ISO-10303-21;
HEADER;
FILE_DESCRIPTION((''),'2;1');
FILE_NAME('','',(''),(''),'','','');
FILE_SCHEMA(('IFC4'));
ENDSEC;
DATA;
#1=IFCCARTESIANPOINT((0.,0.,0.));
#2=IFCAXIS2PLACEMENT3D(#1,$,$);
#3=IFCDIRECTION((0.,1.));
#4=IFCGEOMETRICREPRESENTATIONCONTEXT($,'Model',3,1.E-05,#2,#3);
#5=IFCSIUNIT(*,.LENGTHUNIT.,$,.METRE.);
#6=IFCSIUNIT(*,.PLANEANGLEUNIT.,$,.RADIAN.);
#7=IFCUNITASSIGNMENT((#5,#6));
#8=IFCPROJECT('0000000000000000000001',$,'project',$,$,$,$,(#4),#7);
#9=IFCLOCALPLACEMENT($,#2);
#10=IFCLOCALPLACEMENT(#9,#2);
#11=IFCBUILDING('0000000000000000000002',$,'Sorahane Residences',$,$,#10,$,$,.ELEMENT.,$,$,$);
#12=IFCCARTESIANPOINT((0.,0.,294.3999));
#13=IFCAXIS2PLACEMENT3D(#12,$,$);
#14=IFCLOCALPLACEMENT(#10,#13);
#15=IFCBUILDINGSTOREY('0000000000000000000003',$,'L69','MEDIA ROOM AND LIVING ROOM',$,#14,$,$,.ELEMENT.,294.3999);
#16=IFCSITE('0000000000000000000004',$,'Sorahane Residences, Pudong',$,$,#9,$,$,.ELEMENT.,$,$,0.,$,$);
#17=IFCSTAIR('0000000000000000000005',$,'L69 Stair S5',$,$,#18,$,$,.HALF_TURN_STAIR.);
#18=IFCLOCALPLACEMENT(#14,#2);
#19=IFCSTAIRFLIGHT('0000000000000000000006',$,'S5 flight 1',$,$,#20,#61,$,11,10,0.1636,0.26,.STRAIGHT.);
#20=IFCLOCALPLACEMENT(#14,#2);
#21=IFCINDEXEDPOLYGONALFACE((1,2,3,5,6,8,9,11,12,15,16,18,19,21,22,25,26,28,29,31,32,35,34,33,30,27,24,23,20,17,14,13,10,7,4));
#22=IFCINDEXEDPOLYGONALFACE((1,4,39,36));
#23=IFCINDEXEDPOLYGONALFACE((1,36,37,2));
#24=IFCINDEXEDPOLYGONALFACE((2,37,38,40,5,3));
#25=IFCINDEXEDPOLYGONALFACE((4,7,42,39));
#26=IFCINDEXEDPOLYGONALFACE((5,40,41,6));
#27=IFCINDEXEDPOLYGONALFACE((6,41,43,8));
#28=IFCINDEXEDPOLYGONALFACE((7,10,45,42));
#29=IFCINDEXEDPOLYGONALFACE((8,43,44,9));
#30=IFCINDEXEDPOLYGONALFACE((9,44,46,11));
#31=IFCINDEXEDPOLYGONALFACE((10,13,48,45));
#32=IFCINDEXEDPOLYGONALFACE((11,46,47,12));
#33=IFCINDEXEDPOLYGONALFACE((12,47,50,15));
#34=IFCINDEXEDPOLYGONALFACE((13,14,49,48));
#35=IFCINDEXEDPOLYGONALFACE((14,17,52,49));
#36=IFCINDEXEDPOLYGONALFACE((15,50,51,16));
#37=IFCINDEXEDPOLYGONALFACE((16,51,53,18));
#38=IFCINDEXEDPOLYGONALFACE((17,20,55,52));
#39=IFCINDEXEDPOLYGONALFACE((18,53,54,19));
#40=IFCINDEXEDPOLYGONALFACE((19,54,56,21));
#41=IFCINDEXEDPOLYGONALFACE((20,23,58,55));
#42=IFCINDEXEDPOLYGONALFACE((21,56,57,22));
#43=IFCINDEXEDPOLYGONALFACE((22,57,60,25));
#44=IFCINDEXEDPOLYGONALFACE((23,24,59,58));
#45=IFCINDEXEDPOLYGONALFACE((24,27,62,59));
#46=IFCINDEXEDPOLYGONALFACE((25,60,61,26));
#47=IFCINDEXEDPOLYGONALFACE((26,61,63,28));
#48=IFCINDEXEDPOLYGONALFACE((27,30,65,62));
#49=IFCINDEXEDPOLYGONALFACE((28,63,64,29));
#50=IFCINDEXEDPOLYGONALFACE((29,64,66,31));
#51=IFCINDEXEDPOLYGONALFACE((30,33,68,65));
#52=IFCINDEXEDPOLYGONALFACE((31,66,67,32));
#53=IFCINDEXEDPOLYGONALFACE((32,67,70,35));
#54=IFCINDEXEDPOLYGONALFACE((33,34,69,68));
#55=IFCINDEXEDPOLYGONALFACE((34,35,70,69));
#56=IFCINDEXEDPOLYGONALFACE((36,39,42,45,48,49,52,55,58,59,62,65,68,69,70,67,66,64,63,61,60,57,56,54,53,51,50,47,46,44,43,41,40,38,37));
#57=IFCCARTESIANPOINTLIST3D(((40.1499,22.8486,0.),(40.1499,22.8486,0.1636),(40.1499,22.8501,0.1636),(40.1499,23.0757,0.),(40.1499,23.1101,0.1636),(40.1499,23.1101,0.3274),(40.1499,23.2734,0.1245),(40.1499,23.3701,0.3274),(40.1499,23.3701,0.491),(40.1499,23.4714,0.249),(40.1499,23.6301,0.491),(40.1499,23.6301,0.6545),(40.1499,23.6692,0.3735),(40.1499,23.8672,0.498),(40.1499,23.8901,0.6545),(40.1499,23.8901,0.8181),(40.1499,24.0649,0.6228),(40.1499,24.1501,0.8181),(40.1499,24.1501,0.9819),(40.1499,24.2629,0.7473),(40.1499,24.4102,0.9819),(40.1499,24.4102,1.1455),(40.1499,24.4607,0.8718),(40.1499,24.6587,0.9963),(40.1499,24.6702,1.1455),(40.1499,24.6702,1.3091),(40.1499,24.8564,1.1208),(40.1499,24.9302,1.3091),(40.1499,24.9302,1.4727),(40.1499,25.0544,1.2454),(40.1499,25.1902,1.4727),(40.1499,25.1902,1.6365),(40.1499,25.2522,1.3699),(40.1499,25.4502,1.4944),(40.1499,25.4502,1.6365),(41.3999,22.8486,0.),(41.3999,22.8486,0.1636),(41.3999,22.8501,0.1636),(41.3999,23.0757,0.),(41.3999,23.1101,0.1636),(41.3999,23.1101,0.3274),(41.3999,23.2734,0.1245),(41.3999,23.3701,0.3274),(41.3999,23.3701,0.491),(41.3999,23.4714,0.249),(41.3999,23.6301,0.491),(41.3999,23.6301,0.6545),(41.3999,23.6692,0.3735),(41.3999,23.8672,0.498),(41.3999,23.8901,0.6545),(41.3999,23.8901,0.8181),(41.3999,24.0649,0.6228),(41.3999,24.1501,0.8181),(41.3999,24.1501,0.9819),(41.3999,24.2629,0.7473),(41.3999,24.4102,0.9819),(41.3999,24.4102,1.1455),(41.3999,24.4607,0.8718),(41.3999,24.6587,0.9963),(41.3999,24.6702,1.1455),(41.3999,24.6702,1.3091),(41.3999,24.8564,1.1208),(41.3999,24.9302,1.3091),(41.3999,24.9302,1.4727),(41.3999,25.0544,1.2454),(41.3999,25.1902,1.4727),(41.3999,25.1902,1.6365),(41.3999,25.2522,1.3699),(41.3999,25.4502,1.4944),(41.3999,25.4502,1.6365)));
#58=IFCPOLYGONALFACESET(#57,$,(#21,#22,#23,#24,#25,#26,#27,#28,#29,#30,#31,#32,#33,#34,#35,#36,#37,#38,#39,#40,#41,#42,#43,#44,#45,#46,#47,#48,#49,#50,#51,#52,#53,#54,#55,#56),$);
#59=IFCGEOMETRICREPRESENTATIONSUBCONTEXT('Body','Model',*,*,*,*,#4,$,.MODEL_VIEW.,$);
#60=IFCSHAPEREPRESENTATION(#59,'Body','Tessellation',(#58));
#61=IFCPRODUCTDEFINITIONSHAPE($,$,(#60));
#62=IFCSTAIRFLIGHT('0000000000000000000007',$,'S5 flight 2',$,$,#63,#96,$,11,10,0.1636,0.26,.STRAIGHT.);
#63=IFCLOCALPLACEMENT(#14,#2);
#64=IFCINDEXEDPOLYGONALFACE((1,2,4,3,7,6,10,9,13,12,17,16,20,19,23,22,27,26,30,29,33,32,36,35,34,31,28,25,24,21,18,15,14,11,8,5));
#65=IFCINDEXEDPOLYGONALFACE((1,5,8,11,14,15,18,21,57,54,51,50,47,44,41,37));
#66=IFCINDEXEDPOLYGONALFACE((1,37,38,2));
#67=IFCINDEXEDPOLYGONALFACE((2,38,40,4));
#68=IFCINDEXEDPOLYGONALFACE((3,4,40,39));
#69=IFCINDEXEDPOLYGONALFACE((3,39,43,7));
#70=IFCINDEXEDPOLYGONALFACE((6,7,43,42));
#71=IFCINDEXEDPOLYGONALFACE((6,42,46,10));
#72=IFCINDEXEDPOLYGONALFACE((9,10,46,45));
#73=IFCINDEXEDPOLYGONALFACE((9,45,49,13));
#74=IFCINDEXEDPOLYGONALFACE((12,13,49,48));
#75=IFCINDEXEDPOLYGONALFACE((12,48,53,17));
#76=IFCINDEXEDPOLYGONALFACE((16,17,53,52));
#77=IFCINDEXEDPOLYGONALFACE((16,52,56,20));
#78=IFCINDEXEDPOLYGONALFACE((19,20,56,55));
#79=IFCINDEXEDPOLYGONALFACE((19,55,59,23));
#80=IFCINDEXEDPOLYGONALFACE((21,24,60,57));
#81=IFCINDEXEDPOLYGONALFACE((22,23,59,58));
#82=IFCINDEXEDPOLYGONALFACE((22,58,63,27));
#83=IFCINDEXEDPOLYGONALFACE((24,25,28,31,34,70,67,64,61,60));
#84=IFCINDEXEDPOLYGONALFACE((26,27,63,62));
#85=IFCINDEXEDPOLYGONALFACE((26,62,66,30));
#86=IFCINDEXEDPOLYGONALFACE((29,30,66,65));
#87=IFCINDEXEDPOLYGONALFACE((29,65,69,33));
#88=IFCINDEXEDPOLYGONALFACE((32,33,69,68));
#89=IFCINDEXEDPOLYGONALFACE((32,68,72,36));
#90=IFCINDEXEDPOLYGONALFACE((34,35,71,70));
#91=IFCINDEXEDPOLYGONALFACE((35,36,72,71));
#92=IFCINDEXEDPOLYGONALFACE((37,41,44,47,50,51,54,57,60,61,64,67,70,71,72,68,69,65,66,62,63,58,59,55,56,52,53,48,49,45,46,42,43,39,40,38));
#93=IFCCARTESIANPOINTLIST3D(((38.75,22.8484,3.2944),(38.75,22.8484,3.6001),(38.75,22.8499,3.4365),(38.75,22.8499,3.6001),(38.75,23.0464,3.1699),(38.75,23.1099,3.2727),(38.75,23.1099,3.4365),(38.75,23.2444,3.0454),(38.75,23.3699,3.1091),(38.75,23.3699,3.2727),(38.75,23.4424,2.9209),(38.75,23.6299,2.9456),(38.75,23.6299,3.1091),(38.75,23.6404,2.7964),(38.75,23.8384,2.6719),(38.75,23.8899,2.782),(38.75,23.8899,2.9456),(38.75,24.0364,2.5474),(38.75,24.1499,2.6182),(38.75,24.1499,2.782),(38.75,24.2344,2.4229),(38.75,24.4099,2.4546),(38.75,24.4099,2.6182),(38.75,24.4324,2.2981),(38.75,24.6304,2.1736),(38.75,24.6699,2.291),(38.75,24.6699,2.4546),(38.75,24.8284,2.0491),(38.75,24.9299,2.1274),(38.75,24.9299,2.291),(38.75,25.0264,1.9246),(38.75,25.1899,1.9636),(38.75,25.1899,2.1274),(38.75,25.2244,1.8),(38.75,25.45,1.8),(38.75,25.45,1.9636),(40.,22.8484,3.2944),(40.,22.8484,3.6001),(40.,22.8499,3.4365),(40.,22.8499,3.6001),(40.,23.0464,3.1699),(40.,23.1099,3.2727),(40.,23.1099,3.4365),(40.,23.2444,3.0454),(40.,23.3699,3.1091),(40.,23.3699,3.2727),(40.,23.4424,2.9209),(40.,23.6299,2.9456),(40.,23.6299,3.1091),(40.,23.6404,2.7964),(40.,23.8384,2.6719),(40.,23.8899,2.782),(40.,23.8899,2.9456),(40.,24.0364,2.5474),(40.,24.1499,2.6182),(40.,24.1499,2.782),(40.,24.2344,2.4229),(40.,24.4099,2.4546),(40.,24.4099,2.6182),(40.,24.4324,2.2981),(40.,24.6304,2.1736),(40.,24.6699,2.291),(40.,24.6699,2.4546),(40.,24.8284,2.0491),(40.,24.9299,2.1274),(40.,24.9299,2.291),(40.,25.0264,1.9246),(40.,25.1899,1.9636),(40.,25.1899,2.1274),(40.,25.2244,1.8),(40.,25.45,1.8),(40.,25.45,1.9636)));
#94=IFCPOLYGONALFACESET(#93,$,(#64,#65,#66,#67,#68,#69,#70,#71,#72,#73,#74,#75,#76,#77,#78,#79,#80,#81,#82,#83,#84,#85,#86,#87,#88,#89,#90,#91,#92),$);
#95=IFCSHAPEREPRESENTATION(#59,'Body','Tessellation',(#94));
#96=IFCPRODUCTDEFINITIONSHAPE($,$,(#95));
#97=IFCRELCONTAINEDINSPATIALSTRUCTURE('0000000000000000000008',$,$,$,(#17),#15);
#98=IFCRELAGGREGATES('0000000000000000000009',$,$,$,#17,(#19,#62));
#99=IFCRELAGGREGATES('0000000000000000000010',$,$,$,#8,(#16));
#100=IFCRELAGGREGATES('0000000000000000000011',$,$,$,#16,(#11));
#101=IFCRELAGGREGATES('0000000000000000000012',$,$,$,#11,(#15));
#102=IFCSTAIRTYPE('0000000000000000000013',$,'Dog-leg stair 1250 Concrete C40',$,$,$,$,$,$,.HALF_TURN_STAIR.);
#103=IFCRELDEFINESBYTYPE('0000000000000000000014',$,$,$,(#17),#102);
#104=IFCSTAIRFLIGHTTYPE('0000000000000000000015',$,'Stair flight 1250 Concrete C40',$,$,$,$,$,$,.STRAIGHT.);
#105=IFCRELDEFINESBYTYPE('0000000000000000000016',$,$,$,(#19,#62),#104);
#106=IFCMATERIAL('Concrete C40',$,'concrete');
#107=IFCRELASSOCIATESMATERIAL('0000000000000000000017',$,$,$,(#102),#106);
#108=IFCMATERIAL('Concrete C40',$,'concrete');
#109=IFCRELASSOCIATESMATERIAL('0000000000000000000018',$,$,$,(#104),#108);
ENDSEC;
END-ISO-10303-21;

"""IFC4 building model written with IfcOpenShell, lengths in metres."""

from ifc_helpers import new_model, si_unit, direction, frame, origin, place, context, subcontext, project, spatial, polyline, outline, extrude, material, type_object, element, aggregate, save


model = new_model("IFC4")

# Units and contexts
model_context = context("Model", 3, precision=1e-05, world=origin(), true_north=direction((0.0, 1.0)))
body_context = subcontext(model_context, "Body", "Model", "MODEL_VIEW")
ifc_project = project(units=[si_unit("LENGTHUNIT", "METRE"), si_unit("PLANEANGLEUNIT", "RADIAN")], contexts=[model_context])

# Site, building, storey
site_placement = place(None, origin())
site = spatial("IfcSite", under=ifc_project, at=site_placement, Name="Sorahane Residences, Pudong", CompositionType="ELEMENT", RefElevation=0.0)
building_placement = place(site_placement, origin())
building = spatial("IfcBuilding", under=site, at=building_placement, Name="Sorahane Residences", CompositionType="ELEMENT")
storey_placement = place(building_placement, frame((0.0, 0.0, 294.3999)))
storey = spatial("IfcBuildingStorey", under=building, at=storey_placement, Name="L69", Description="MEDIA ROOM AND LIVING ROOM", CompositionType="ELEMENT", Elevation=294.3999)

# Stair, stair flights
ifc_material_1 = material(Name="Concrete C40", Category="concrete")
stair_type = type_object("IfcStairType", Name="Dog-leg stair 1250 Concrete C40", PredefinedType="HALF_TURN_STAIR", material=ifc_material_1)
stair_placement = place(storey_placement, origin())
stair = element("IfcStair", 1, at=stair_placement, inside=storey, type_object=stair_type, Name="L69 Stair S5", PredefinedType="HALF_TURN_STAIR")
ifc_material_2 = material(Name="Concrete C40", Category="concrete")
stair_flight_type = type_object("IfcStairFlightType", Name="Stair flight 1250 Concrete C40", PredefinedType="STRAIGHT", material=ifc_material_2)
stair_flight_1_placement = place(storey_placement, frame((40.7749, 22.8501, 0.0), z_axis=(0.0, 0.0, 1.0), x_axis=(0.0, 1.0, 0.0)))
stair_flight_1 = element("IfcStairFlight", 2, at=stair_flight_1_placement, type_object=stair_flight_type, Name="S5 flight 1", NumberOfRisers=11, NumberOfTreads=10, PredefinedType="STRAIGHT", RiserHeight=0.1636, TreadLength=0.26, context=body_context, shape_type="SweptSolid", body=[
    extrude(outline(polyline([(-0.0015, 0.0), (-0.0015, 0.1636), (0.0, 0.1636), (0.26, 0.1636), (0.26, 0.3274), (0.52, 0.3274), (0.52, 0.491), (0.78, 0.491), (0.78, 0.6545), (1.04, 0.6545), (1.04, 0.8181), (1.3, 0.8181), (1.3, 0.9819), (1.5601, 0.9819), (1.5601, 1.1455), (1.8201, 1.1455), (1.8201, 1.3091), (2.0801, 1.3091), (2.0801, 1.4727), (2.3401, 1.4727), (2.3401, 1.6365), (2.6001, 1.6365), (2.6001, 1.8), (2.6001, 1.4944), (2.4021, 1.3699), (2.2043, 1.2454), (2.0063, 1.1208), (1.8086, 0.9963), (1.6106, 0.8718), (1.4128, 0.7473), (1.2148, 0.6228), (1.0171, 0.498), (0.8191, 0.3735), (0.6213, 0.249), (0.4233, 0.1245), (0.2256, 0.0), (-0.0015, 0.0)])), frame((0.0, 0.625, 0.0), z_axis=(0.0, -1.0, 0.0), x_axis=(1.0, 0.0, 0.0)), (0.0, 0.0, 1.0), 1.25),
])
stair_flight_2_placement = place(storey_placement, frame((39.375, 25.45, 1.8), z_axis=(0.0, 0.0, 1.0), x_axis=(0.0, -1.0, 0.0)))
stair_flight_2 = element("IfcStairFlight", 3, at=stair_flight_2_placement, type_object=stair_flight_type, Name="S5 flight 2", NumberOfRisers=11, NumberOfTreads=10, PredefinedType="STRAIGHT", RiserHeight=0.1636, TreadLength=0.26, context=body_context, shape_type="SweptSolid", body=[
    extrude(outline(polyline([(0.0, 0.0), (0.0, 0.1636), (0.26, 0.1636), (0.26, 0.3274), (0.52, 0.3274), (0.52, 0.491), (0.78, 0.491), (0.78, 0.6545), (1.04, 0.6545), (1.04, 0.8181), (1.3, 0.8181), (1.3, 0.9819), (1.5601, 0.9819), (1.5601, 1.1455), (1.8201, 1.1455), (1.8201, 1.3091), (2.0801, 1.3091), (2.0801, 1.4727), (2.3401, 1.4727), (2.3401, 1.6365), (2.6001, 1.6365), (2.6001, 1.8), (2.6016, 1.8), (2.6016, 1.4944), (2.4036, 1.3699), (2.2056, 1.2454), (2.0076, 1.1208), (1.8096, 0.9963), (1.6116, 0.8718), (1.4136, 0.7473), (1.2156, 0.6228), (1.0176, 0.498), (0.8196, 0.3735), (0.6216, 0.249), (0.4236, 0.1245), (0.2256, 0.0), (0.0, 0.0)])), frame((0.0, 0.625, 0.0), z_axis=(0.0, -1.0, 0.0), x_axis=(1.0, 0.0, 0.0)), (0.0, 0.0, 1.0), 1.25),
])
aggregate(stair, [stair_flight_1, stair_flight_2])

save(model, "model.ifc")
